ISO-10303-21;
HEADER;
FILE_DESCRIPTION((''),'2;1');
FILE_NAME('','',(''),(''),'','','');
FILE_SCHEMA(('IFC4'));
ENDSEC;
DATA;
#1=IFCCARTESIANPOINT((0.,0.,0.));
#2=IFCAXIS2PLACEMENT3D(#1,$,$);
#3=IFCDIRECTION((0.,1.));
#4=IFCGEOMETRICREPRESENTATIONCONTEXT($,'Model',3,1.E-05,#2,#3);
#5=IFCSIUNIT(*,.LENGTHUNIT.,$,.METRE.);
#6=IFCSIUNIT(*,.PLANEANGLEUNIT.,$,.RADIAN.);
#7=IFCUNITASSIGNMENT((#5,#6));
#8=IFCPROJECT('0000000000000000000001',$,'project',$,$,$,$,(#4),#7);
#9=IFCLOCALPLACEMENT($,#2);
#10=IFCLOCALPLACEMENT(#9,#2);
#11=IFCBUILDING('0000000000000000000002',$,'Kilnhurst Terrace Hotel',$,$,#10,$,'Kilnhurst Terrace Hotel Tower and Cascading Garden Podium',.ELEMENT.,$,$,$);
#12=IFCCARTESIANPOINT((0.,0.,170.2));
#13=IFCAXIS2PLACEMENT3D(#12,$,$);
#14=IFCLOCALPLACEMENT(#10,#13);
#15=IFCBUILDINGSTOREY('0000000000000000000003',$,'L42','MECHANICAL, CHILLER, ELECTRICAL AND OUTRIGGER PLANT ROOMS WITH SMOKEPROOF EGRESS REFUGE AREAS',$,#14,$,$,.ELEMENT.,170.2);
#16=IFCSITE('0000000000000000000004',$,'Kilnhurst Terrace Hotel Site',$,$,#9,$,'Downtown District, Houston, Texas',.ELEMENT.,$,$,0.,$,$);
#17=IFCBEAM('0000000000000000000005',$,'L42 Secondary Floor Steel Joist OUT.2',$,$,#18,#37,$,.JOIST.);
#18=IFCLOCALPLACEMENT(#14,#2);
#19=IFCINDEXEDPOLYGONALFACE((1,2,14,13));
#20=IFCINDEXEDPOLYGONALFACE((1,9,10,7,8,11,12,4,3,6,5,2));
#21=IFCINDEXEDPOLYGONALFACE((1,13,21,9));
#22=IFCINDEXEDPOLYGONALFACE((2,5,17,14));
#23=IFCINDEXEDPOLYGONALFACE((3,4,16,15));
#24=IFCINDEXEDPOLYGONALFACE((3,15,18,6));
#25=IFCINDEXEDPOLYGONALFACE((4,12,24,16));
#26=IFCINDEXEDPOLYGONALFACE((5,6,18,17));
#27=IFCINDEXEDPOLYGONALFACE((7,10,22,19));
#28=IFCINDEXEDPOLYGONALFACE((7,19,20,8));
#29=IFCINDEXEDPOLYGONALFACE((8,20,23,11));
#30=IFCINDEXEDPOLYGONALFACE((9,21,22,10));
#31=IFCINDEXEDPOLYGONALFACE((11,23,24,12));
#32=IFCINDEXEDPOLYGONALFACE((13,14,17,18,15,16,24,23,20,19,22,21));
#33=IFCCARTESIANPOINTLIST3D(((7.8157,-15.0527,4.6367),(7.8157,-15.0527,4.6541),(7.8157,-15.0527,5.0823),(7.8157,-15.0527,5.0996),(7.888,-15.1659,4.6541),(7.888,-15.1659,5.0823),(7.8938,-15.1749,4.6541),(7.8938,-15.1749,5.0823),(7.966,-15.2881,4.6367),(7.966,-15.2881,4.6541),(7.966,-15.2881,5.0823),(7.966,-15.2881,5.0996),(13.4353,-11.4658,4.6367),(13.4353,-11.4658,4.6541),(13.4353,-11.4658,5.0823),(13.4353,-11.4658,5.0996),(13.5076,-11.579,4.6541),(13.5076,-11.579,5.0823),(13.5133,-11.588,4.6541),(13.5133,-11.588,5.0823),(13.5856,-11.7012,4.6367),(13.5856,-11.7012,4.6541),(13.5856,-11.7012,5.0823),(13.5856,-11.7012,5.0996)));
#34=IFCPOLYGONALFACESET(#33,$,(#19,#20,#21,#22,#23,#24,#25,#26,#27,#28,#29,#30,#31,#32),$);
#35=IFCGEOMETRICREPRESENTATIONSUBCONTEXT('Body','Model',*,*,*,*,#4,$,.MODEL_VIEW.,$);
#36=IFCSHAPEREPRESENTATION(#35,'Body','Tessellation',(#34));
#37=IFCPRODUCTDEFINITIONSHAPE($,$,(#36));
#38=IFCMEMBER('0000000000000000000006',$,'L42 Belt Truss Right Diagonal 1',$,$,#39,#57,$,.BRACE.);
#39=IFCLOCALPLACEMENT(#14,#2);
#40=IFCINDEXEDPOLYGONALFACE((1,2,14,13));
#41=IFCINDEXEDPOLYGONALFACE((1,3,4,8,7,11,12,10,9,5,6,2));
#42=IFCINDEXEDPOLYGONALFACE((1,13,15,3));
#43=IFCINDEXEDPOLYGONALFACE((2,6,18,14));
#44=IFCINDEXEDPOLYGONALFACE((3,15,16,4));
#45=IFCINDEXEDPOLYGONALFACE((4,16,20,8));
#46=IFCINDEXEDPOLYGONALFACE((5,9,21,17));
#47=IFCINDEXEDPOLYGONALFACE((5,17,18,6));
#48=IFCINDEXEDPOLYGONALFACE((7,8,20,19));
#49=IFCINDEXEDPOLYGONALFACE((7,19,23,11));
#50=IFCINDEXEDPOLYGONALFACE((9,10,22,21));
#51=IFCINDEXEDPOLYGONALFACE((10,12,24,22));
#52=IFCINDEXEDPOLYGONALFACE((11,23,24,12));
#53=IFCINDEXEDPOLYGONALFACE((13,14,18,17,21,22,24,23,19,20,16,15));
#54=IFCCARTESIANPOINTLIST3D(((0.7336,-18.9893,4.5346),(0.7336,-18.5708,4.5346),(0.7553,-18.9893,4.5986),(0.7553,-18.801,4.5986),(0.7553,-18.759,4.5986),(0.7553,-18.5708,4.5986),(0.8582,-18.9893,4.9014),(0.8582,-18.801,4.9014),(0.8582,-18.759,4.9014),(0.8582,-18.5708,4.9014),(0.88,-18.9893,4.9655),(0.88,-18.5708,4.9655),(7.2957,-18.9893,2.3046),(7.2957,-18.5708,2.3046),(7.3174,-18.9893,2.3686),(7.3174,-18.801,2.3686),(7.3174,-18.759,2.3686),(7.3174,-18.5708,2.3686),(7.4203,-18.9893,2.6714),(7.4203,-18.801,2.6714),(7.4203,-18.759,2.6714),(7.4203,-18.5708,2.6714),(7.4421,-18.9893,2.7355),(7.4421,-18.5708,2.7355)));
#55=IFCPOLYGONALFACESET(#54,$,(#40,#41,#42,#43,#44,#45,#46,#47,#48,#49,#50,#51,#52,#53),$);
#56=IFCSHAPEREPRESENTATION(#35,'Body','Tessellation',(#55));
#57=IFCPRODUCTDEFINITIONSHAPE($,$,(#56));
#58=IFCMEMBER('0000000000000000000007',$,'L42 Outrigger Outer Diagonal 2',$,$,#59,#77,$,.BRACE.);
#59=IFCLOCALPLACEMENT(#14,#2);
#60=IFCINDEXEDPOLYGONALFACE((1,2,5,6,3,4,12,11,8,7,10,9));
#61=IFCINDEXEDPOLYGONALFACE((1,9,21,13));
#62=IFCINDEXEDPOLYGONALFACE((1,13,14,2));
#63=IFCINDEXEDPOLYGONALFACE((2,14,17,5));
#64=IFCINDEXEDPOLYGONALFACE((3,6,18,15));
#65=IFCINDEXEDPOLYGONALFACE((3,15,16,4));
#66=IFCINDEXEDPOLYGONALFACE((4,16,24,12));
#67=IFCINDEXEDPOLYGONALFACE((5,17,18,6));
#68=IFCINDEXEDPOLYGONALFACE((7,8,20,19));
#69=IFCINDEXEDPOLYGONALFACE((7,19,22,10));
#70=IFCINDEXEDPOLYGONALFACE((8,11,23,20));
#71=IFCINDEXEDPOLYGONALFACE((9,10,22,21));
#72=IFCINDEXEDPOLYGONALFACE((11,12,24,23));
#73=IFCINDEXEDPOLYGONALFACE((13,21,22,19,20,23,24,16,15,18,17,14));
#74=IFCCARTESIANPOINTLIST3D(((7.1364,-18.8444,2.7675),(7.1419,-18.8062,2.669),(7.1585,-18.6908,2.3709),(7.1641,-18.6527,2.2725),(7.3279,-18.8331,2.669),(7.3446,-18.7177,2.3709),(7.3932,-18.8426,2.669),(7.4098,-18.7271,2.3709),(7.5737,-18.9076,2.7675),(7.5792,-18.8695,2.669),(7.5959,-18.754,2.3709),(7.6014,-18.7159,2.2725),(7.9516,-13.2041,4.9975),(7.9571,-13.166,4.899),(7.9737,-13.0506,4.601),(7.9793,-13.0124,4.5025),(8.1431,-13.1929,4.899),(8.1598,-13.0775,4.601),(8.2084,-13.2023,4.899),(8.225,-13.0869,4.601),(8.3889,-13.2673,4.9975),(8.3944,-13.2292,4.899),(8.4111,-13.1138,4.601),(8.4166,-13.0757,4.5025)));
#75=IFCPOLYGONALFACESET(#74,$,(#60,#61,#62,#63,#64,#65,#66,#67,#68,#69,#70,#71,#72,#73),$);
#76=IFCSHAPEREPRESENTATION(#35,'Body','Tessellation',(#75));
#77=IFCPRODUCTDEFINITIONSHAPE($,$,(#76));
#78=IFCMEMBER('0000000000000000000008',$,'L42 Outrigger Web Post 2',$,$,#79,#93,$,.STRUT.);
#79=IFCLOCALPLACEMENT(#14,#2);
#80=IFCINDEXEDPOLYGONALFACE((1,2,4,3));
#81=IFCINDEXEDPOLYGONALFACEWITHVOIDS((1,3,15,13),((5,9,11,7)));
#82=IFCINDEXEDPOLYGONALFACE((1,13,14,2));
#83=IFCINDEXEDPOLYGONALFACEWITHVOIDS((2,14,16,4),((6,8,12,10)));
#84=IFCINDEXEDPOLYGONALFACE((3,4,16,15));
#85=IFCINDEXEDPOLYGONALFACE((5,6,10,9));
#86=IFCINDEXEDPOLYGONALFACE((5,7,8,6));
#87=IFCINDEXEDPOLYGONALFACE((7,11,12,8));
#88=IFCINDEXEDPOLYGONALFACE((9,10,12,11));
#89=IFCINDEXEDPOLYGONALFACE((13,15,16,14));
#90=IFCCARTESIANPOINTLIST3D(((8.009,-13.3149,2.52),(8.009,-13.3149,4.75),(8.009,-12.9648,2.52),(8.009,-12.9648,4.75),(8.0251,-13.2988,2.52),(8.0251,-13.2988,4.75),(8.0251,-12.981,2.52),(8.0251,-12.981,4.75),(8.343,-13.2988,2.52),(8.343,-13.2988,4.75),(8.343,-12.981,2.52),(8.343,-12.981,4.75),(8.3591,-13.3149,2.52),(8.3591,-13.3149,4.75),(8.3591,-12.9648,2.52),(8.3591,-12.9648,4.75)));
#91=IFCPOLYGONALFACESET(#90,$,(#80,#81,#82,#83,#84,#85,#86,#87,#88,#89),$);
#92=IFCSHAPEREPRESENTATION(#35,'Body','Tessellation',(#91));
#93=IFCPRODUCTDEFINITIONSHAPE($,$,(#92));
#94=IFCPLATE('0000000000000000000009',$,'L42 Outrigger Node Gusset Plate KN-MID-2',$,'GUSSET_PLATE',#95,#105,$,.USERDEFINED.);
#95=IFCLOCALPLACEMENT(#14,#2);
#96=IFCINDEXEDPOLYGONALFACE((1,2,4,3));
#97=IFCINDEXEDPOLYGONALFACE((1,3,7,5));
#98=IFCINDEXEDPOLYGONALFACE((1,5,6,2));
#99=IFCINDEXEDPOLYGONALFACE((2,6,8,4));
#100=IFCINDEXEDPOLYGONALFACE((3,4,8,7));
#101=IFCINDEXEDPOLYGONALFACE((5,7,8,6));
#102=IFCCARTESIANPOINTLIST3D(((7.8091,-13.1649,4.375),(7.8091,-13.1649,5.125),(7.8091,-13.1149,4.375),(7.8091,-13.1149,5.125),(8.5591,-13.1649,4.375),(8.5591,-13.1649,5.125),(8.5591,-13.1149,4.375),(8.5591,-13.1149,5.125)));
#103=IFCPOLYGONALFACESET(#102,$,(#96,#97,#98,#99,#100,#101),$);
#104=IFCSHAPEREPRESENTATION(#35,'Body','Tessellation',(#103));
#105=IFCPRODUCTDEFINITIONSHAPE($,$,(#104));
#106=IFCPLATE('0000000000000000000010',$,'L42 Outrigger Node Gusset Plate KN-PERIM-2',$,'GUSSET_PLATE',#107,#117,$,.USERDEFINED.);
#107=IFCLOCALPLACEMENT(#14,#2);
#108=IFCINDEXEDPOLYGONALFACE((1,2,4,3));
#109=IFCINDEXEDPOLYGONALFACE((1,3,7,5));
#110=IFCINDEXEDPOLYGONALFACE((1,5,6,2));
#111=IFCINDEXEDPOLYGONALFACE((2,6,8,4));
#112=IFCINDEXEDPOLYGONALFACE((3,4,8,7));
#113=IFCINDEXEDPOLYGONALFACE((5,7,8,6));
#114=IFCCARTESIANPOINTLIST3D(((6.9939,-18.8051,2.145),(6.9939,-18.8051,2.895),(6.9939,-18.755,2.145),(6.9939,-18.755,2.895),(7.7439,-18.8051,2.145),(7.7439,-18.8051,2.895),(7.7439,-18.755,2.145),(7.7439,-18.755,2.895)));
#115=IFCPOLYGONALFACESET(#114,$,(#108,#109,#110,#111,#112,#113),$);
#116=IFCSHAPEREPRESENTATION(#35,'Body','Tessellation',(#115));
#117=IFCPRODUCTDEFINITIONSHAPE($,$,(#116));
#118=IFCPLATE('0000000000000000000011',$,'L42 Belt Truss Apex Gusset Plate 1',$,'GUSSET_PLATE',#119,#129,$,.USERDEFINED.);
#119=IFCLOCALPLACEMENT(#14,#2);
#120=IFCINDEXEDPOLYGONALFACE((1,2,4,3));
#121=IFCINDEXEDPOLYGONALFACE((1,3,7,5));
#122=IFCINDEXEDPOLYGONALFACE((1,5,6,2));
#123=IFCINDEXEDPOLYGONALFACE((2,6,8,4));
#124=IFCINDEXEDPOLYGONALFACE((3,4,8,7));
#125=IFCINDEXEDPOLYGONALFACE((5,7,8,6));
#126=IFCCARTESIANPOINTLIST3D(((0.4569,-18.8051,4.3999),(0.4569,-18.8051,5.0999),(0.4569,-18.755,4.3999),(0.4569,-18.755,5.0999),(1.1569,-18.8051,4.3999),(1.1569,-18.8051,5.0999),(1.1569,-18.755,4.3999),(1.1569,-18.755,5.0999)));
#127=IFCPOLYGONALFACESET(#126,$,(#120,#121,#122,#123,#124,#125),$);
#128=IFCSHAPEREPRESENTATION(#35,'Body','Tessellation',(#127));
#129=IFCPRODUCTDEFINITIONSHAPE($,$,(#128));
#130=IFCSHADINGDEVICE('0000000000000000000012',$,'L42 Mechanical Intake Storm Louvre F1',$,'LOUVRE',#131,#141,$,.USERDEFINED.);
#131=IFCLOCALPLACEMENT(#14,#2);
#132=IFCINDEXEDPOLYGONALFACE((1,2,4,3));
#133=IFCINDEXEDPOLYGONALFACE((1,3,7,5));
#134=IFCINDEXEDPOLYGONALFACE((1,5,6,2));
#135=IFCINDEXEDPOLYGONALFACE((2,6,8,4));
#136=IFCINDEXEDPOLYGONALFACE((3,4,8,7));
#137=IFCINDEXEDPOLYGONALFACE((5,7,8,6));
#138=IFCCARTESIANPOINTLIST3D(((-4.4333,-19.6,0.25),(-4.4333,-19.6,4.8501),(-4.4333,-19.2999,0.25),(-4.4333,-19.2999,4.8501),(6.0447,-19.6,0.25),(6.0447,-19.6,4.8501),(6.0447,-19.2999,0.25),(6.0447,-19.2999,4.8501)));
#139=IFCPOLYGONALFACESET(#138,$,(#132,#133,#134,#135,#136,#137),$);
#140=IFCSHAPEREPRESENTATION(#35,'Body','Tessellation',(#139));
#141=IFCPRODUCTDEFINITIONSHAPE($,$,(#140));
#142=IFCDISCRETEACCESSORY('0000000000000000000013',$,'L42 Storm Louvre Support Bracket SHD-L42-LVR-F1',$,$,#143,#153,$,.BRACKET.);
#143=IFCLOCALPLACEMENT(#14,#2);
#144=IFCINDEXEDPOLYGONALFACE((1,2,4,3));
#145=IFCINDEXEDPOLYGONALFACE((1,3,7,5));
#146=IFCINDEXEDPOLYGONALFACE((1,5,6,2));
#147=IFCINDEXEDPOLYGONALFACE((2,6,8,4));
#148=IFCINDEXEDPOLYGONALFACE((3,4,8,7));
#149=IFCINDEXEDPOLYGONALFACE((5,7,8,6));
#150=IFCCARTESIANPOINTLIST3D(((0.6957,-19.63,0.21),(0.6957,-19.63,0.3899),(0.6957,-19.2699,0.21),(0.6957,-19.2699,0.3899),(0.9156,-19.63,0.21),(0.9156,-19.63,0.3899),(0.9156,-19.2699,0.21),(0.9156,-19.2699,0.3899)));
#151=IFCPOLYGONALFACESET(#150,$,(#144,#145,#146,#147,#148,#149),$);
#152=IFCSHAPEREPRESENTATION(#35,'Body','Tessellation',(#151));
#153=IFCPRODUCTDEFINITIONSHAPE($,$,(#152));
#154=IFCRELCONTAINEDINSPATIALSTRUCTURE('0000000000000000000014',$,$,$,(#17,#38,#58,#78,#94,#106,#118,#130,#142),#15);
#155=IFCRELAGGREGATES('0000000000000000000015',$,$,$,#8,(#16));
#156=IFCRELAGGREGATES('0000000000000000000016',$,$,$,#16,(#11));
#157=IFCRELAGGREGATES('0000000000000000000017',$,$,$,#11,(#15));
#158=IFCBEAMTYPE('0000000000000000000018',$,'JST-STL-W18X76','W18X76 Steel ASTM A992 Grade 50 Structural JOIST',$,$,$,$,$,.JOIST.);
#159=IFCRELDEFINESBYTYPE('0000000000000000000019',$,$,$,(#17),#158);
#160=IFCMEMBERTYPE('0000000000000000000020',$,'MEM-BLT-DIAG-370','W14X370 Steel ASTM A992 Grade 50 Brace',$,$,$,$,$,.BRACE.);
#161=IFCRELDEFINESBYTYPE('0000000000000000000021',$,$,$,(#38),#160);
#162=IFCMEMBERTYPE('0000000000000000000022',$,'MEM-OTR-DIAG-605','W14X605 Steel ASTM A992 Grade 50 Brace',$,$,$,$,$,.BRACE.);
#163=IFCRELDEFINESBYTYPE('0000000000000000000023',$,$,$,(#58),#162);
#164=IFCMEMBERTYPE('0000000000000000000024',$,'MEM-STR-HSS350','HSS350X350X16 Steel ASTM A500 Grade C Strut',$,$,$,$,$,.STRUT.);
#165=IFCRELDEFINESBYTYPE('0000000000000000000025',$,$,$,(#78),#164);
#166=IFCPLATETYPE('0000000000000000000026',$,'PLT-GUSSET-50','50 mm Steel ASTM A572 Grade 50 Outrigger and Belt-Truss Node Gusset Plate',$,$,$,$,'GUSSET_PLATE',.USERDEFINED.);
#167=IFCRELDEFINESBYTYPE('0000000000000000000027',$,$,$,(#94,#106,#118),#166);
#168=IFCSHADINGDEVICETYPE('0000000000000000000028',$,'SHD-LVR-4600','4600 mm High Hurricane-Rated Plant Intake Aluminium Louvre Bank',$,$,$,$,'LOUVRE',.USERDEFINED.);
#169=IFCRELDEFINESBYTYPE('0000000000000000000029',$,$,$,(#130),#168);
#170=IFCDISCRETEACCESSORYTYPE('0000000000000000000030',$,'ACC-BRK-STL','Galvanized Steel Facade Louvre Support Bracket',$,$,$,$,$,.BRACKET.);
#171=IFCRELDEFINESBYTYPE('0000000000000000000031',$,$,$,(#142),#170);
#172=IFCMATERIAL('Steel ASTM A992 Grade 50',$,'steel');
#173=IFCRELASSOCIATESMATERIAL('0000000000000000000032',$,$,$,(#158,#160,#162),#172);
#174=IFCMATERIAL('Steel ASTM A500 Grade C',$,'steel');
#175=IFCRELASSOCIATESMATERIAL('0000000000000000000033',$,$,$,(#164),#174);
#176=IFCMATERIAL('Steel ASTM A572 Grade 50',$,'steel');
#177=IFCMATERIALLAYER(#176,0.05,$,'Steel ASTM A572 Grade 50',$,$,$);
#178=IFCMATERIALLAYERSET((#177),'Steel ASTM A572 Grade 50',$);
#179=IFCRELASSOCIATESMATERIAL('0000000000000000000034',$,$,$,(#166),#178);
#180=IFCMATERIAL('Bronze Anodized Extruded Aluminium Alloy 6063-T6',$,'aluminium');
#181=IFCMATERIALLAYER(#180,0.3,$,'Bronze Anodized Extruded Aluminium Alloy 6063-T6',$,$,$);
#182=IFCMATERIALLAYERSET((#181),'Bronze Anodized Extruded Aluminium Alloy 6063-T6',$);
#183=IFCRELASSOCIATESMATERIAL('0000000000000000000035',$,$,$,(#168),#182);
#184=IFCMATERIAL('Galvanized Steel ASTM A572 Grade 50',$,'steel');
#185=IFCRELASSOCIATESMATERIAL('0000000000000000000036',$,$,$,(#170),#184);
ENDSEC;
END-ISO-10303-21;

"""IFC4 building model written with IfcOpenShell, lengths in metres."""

from ifc_helpers import new_model, si_unit, direction, frame, origin, origin_2d, place, context, subcontext, project, spatial, rectangle, hollow_rectangle, i_section, extrude, material, layer, layer_set, material_profile, profile_set, type_object, element, save


model = new_model("IFC4")

# Units and contexts
model_context = context("Model", 3, precision=1e-05, world=origin(), true_north=direction((0.0, 1.0)))
body_context = subcontext(model_context, "Body", "Model", "MODEL_VIEW")
ifc_project = project(units=[si_unit("LENGTHUNIT", "METRE"), si_unit("PLANEANGLEUNIT", "RADIAN")], contexts=[model_context])

# Site, building, storey
site_placement = place(None, origin())
site = spatial("IfcSite", under=ifc_project, at=site_placement, Name="Kilnhurst Terrace Hotel Site", LongName="Downtown District, Houston, Texas", CompositionType="ELEMENT", RefElevation=0.0)
building_placement = place(site_placement, origin())
building = spatial("IfcBuilding", under=site, at=building_placement, Name="Kilnhurst Terrace Hotel", LongName="Kilnhurst Terrace Hotel Tower and Cascading Garden Podium", CompositionType="ELEMENT")
storey_placement = place(building_placement, frame((0.0, 0.0, 170.2)))
storey = spatial("IfcBuildingStorey", under=building, at=storey_placement, Name="L42", Description="MECHANICAL, CHILLER, ELECTRICAL AND OUTRIGGER PLANT ROOMS WITH SMOKEPROOF EGRESS REFUGE AREAS", CompositionType="ELEMENT", Elevation=170.2)

# Shared definitions
ifc_material_1 = material(Name="Steel ASTM A992 Grade 50", Category="steel")

# Beam
ifc_material_profile_1 = material_profile(ifc_material_1, i_section(OverallWidth=0.2793, OverallDepth=0.4629, WebThickness=0.0107, FlangeThickness=0.0173, at=origin_2d()), Name="W18X76")
ifc_profile_set_1 = profile_set([ifc_material_profile_1], Name="Steel ASTM A992 Grade 50")
beam_type_1 = type_object("IfcBeamType", Name="JST-STL-W18X76", Description="W18X76 Steel ASTM A992 Grade 50 Structural JOIST", PredefinedType="JOIST", material=ifc_profile_set_1)
beam_1_placement = place(storey_placement, frame((7.8909, -15.1704, 4.8682), z_axis=(0.842928, 0.538027, 0.0), x_axis=(-0.538027, 0.842928, 0.0)))
element("IfcBeam", 1, at=beam_1_placement, inside=storey, type_object=beam_type_1, Name="L42 Secondary Floor Steel Joist OUT.2", PredefinedType="JOIST", context=body_context, shape_type="SweptSolid", body=[
    extrude(i_section(OverallWidth=0.2793, OverallDepth=0.4629, WebThickness=0.0107, FlangeThickness=0.0173, at=origin_2d()), origin(), (0.0, 0.0, 1.0), 6.6667),
])

# Members
ifc_material_profile_2 = material_profile(ifc_material_1, i_section(OverallWidth=0.4185, OverallDepth=0.4551, WebThickness=0.042, FlangeThickness=0.0676, at=origin_2d()), Name="W14X370")
ifc_profile_set_2 = profile_set([ifc_material_profile_2], Name="Steel ASTM A992 Grade 50")
member_type_1 = type_object("IfcMemberType", Name="MEM-BLT-DIAG-370", Description="W14X370 Steel ASTM A992 Grade 50 Brace", PredefinedType="BRACE", material=ifc_profile_set_2)
member_1_placement = place(storey_placement, frame((7.3689, -18.78, 2.52), z_axis=(-0.946821, 0.0, 0.32176), x_axis=(0.0, -1.0, 0.0)))
element("IfcMember", 2, at=member_1_placement, inside=storey, type_object=member_type_1, Name="L42 Belt Truss Right Diagonal 1", PredefinedType="BRACE", context=body_context, shape_type="SweptSolid", body=[
    extrude(i_section(OverallWidth=0.4185, OverallDepth=0.4551, WebThickness=0.042, FlangeThickness=0.0676, at=origin_2d()), origin(), (0.0, 0.0, 1.0), 6.9307),
])
ifc_material_profile_3 = material_profile(ifc_material_1, i_section(OverallWidth=0.4419, OverallDepth=0.5315, WebThickness=0.0659, FlangeThickness=0.1057, at=origin_2d()), Name="W14X605")
ifc_profile_set_3 = profile_set([ifc_material_profile_3], Name="Steel ASTM A992 Grade 50")
member_type_2 = type_object("IfcMemberType", Name="MEM-OTR-DIAG-605", Description="W14X605 Steel ASTM A992 Grade 50 Brace", PredefinedType="BRACE", material=ifc_profile_set_3)
member_2_placement = place(storey_placement, frame((8.1841, -13.1399, 4.75), z_axis=(-0.133211, -0.921664, -0.364405), x_axis=(0.989716, -0.143047, 0.0)))
element("IfcMember", 3, at=member_2_placement, inside=storey, type_object=member_type_2, Name="L42 Outrigger Outer Diagonal 2", PredefinedType="BRACE", context=body_context, shape_type="SweptSolid", body=[
    extrude(i_section(OverallWidth=0.4419, OverallDepth=0.5315, WebThickness=0.0659, FlangeThickness=0.1057, at=origin_2d()), origin(), (0.0, 0.0, 1.0), 6.1196),
])
ifc_material_2 = material(Name="Steel ASTM A500 Grade C", Category="steel")
ifc_material_profile_4 = material_profile(ifc_material_2, hollow_rectangle(XDim=0.3501, YDim=0.3501, WallThickness=0.0161, at=origin_2d()), Name="HSS350X350X16")
ifc_profile_set_4 = profile_set([ifc_material_profile_4], Name="Steel ASTM A500 Grade C")
member_type_3 = type_object("IfcMemberType", Name="MEM-STR-HSS350", Description="HSS350X350X16 Steel ASTM A500 Grade C Strut", PredefinedType="STRUT", material=ifc_profile_set_4)
member_3_placement = place(storey_placement, frame((8.1841, -13.1399, 2.52), z_axis=(0.0, 0.0, 1.0), x_axis=(1.0, 0.0, 0.0)))
element("IfcMember", 4, at=member_3_placement, inside=storey, type_object=member_type_3, Name="L42 Outrigger Web Post 2", PredefinedType="STRUT", context=body_context, shape_type="SweptSolid", body=[
    extrude(hollow_rectangle(XDim=0.3501, YDim=0.3501, WallThickness=0.0161, at=origin_2d()), origin(), (0.0, 0.0, 1.0), 2.23),
])

# Plates
ifc_material_3 = material(Name="Steel ASTM A572 Grade 50", Category="steel")
ifc_layer_1 = layer(ifc_material_3, 0.05, Name="Steel ASTM A572 Grade 50")
ifc_layer_set_1 = layer_set([ifc_layer_1], Name="Steel ASTM A572 Grade 50")
plate_type = type_object("IfcPlateType", Name="PLT-GUSSET-50", Description="50 mm Steel ASTM A572 Grade 50 Outrigger and Belt-Truss Node Gusset Plate", ElementType="GUSSET_PLATE", PredefinedType="USERDEFINED", material=ifc_layer_set_1)
for number, where, z_axis, x_axis, name in (
    (5, (8.1841, -13.1399, 4.375), (0.0, 0.0, 1.0), (1.0, 0.0, 0.0), "L42 Outrigger Node Gusset Plate KN-MID-2"),
    (6, (7.3689, -18.78, 2.145), (0.0, 0.0, 1.0), (1.0, 0.0, 0.0), "L42 Outrigger Node Gusset Plate KN-PERIM-2"),
):
    element("IfcPlate", number, at=place(storey_placement, frame(where, z_axis=z_axis, x_axis=x_axis)), inside=storey, type_object=plate_type, Name=name, ObjectType="GUSSET_PLATE", PredefinedType="USERDEFINED", context=body_context, shape_type="SweptSolid", body=[
        extrude(rectangle(XDim=0.75, YDim=0.05, at=origin_2d()), origin(), (0.0, 0.0, 1.0), 0.75),
    ])
plate_placement = place(storey_placement, frame((0.8069, -18.78, 4.3999), z_axis=(0.0, 0.0, 1.0), x_axis=(1.0, 0.0, 0.0)))
element("IfcPlate", 7, at=plate_placement, inside=storey, type_object=plate_type, Name="L42 Belt Truss Apex Gusset Plate 1", ObjectType="GUSSET_PLATE", PredefinedType="USERDEFINED", context=body_context, shape_type="SweptSolid", body=[
    extrude(rectangle(XDim=0.7, YDim=0.05, at=origin_2d()), origin(), (0.0, 0.0, 1.0), 0.7),
])

# Shading device
ifc_material_4 = material(Name="Bronze Anodized Extruded Aluminium Alloy 6063-T6", Category="aluminium")
ifc_layer_2 = layer(ifc_material_4, 0.3, Name="Bronze Anodized Extruded Aluminium Alloy 6063-T6")
ifc_layer_set_2 = layer_set([ifc_layer_2], Name="Bronze Anodized Extruded Aluminium Alloy 6063-T6")
shading_device_type = type_object("IfcShadingDeviceType", Name="SHD-LVR-4600", Description="4600 mm High Hurricane-Rated Plant Intake Aluminium Louvre Bank", ElementType="LOUVRE", PredefinedType="USERDEFINED", material=ifc_layer_set_2)
shading_device_placement = place(storey_placement, frame((0.8057, -19.45, 0.25), z_axis=(0.0, 0.0, 1.0), x_axis=(1.0, 0.0, 0.0)))
element("IfcShadingDevice", 8, at=shading_device_placement, inside=storey, type_object=shading_device_type, Name="L42 Mechanical Intake Storm Louvre F1", ObjectType="LOUVRE", PredefinedType="USERDEFINED", context=body_context, shape_type="SweptSolid", body=[
    extrude(rectangle(XDim=10.478, YDim=0.3, at=origin_2d()), origin(), (0.0, 0.0, 1.0), 4.6001),
])

# Discrete accessory
ifc_material_5 = material(Name="Galvanized Steel ASTM A572 Grade 50", Category="steel")
discrete_accessory_type = type_object("IfcDiscreteAccessoryType", Name="ACC-BRK-STL", Description="Galvanized Steel Facade Louvre Support Bracket", PredefinedType="BRACKET", material=ifc_material_5)
discrete_accessory_placement = place(storey_placement, frame((0.8057, -19.45, 0.21), z_axis=(0.0, 0.0, 1.0), x_axis=(1.0, 0.0, 0.0)))
element("IfcDiscreteAccessory", 9, at=discrete_accessory_placement, inside=storey, type_object=discrete_accessory_type, Name="L42 Storm Louvre Support Bracket SHD-L42-LVR-F1", PredefinedType="BRACKET", context=body_context, shape_type="SweptSolid", body=[
    extrude(rectangle(XDim=0.22, YDim=0.3601, at=origin_2d()), origin(), (0.0, 0.0, 1.0), 0.1799),
])

save(model, "model.ifc")
